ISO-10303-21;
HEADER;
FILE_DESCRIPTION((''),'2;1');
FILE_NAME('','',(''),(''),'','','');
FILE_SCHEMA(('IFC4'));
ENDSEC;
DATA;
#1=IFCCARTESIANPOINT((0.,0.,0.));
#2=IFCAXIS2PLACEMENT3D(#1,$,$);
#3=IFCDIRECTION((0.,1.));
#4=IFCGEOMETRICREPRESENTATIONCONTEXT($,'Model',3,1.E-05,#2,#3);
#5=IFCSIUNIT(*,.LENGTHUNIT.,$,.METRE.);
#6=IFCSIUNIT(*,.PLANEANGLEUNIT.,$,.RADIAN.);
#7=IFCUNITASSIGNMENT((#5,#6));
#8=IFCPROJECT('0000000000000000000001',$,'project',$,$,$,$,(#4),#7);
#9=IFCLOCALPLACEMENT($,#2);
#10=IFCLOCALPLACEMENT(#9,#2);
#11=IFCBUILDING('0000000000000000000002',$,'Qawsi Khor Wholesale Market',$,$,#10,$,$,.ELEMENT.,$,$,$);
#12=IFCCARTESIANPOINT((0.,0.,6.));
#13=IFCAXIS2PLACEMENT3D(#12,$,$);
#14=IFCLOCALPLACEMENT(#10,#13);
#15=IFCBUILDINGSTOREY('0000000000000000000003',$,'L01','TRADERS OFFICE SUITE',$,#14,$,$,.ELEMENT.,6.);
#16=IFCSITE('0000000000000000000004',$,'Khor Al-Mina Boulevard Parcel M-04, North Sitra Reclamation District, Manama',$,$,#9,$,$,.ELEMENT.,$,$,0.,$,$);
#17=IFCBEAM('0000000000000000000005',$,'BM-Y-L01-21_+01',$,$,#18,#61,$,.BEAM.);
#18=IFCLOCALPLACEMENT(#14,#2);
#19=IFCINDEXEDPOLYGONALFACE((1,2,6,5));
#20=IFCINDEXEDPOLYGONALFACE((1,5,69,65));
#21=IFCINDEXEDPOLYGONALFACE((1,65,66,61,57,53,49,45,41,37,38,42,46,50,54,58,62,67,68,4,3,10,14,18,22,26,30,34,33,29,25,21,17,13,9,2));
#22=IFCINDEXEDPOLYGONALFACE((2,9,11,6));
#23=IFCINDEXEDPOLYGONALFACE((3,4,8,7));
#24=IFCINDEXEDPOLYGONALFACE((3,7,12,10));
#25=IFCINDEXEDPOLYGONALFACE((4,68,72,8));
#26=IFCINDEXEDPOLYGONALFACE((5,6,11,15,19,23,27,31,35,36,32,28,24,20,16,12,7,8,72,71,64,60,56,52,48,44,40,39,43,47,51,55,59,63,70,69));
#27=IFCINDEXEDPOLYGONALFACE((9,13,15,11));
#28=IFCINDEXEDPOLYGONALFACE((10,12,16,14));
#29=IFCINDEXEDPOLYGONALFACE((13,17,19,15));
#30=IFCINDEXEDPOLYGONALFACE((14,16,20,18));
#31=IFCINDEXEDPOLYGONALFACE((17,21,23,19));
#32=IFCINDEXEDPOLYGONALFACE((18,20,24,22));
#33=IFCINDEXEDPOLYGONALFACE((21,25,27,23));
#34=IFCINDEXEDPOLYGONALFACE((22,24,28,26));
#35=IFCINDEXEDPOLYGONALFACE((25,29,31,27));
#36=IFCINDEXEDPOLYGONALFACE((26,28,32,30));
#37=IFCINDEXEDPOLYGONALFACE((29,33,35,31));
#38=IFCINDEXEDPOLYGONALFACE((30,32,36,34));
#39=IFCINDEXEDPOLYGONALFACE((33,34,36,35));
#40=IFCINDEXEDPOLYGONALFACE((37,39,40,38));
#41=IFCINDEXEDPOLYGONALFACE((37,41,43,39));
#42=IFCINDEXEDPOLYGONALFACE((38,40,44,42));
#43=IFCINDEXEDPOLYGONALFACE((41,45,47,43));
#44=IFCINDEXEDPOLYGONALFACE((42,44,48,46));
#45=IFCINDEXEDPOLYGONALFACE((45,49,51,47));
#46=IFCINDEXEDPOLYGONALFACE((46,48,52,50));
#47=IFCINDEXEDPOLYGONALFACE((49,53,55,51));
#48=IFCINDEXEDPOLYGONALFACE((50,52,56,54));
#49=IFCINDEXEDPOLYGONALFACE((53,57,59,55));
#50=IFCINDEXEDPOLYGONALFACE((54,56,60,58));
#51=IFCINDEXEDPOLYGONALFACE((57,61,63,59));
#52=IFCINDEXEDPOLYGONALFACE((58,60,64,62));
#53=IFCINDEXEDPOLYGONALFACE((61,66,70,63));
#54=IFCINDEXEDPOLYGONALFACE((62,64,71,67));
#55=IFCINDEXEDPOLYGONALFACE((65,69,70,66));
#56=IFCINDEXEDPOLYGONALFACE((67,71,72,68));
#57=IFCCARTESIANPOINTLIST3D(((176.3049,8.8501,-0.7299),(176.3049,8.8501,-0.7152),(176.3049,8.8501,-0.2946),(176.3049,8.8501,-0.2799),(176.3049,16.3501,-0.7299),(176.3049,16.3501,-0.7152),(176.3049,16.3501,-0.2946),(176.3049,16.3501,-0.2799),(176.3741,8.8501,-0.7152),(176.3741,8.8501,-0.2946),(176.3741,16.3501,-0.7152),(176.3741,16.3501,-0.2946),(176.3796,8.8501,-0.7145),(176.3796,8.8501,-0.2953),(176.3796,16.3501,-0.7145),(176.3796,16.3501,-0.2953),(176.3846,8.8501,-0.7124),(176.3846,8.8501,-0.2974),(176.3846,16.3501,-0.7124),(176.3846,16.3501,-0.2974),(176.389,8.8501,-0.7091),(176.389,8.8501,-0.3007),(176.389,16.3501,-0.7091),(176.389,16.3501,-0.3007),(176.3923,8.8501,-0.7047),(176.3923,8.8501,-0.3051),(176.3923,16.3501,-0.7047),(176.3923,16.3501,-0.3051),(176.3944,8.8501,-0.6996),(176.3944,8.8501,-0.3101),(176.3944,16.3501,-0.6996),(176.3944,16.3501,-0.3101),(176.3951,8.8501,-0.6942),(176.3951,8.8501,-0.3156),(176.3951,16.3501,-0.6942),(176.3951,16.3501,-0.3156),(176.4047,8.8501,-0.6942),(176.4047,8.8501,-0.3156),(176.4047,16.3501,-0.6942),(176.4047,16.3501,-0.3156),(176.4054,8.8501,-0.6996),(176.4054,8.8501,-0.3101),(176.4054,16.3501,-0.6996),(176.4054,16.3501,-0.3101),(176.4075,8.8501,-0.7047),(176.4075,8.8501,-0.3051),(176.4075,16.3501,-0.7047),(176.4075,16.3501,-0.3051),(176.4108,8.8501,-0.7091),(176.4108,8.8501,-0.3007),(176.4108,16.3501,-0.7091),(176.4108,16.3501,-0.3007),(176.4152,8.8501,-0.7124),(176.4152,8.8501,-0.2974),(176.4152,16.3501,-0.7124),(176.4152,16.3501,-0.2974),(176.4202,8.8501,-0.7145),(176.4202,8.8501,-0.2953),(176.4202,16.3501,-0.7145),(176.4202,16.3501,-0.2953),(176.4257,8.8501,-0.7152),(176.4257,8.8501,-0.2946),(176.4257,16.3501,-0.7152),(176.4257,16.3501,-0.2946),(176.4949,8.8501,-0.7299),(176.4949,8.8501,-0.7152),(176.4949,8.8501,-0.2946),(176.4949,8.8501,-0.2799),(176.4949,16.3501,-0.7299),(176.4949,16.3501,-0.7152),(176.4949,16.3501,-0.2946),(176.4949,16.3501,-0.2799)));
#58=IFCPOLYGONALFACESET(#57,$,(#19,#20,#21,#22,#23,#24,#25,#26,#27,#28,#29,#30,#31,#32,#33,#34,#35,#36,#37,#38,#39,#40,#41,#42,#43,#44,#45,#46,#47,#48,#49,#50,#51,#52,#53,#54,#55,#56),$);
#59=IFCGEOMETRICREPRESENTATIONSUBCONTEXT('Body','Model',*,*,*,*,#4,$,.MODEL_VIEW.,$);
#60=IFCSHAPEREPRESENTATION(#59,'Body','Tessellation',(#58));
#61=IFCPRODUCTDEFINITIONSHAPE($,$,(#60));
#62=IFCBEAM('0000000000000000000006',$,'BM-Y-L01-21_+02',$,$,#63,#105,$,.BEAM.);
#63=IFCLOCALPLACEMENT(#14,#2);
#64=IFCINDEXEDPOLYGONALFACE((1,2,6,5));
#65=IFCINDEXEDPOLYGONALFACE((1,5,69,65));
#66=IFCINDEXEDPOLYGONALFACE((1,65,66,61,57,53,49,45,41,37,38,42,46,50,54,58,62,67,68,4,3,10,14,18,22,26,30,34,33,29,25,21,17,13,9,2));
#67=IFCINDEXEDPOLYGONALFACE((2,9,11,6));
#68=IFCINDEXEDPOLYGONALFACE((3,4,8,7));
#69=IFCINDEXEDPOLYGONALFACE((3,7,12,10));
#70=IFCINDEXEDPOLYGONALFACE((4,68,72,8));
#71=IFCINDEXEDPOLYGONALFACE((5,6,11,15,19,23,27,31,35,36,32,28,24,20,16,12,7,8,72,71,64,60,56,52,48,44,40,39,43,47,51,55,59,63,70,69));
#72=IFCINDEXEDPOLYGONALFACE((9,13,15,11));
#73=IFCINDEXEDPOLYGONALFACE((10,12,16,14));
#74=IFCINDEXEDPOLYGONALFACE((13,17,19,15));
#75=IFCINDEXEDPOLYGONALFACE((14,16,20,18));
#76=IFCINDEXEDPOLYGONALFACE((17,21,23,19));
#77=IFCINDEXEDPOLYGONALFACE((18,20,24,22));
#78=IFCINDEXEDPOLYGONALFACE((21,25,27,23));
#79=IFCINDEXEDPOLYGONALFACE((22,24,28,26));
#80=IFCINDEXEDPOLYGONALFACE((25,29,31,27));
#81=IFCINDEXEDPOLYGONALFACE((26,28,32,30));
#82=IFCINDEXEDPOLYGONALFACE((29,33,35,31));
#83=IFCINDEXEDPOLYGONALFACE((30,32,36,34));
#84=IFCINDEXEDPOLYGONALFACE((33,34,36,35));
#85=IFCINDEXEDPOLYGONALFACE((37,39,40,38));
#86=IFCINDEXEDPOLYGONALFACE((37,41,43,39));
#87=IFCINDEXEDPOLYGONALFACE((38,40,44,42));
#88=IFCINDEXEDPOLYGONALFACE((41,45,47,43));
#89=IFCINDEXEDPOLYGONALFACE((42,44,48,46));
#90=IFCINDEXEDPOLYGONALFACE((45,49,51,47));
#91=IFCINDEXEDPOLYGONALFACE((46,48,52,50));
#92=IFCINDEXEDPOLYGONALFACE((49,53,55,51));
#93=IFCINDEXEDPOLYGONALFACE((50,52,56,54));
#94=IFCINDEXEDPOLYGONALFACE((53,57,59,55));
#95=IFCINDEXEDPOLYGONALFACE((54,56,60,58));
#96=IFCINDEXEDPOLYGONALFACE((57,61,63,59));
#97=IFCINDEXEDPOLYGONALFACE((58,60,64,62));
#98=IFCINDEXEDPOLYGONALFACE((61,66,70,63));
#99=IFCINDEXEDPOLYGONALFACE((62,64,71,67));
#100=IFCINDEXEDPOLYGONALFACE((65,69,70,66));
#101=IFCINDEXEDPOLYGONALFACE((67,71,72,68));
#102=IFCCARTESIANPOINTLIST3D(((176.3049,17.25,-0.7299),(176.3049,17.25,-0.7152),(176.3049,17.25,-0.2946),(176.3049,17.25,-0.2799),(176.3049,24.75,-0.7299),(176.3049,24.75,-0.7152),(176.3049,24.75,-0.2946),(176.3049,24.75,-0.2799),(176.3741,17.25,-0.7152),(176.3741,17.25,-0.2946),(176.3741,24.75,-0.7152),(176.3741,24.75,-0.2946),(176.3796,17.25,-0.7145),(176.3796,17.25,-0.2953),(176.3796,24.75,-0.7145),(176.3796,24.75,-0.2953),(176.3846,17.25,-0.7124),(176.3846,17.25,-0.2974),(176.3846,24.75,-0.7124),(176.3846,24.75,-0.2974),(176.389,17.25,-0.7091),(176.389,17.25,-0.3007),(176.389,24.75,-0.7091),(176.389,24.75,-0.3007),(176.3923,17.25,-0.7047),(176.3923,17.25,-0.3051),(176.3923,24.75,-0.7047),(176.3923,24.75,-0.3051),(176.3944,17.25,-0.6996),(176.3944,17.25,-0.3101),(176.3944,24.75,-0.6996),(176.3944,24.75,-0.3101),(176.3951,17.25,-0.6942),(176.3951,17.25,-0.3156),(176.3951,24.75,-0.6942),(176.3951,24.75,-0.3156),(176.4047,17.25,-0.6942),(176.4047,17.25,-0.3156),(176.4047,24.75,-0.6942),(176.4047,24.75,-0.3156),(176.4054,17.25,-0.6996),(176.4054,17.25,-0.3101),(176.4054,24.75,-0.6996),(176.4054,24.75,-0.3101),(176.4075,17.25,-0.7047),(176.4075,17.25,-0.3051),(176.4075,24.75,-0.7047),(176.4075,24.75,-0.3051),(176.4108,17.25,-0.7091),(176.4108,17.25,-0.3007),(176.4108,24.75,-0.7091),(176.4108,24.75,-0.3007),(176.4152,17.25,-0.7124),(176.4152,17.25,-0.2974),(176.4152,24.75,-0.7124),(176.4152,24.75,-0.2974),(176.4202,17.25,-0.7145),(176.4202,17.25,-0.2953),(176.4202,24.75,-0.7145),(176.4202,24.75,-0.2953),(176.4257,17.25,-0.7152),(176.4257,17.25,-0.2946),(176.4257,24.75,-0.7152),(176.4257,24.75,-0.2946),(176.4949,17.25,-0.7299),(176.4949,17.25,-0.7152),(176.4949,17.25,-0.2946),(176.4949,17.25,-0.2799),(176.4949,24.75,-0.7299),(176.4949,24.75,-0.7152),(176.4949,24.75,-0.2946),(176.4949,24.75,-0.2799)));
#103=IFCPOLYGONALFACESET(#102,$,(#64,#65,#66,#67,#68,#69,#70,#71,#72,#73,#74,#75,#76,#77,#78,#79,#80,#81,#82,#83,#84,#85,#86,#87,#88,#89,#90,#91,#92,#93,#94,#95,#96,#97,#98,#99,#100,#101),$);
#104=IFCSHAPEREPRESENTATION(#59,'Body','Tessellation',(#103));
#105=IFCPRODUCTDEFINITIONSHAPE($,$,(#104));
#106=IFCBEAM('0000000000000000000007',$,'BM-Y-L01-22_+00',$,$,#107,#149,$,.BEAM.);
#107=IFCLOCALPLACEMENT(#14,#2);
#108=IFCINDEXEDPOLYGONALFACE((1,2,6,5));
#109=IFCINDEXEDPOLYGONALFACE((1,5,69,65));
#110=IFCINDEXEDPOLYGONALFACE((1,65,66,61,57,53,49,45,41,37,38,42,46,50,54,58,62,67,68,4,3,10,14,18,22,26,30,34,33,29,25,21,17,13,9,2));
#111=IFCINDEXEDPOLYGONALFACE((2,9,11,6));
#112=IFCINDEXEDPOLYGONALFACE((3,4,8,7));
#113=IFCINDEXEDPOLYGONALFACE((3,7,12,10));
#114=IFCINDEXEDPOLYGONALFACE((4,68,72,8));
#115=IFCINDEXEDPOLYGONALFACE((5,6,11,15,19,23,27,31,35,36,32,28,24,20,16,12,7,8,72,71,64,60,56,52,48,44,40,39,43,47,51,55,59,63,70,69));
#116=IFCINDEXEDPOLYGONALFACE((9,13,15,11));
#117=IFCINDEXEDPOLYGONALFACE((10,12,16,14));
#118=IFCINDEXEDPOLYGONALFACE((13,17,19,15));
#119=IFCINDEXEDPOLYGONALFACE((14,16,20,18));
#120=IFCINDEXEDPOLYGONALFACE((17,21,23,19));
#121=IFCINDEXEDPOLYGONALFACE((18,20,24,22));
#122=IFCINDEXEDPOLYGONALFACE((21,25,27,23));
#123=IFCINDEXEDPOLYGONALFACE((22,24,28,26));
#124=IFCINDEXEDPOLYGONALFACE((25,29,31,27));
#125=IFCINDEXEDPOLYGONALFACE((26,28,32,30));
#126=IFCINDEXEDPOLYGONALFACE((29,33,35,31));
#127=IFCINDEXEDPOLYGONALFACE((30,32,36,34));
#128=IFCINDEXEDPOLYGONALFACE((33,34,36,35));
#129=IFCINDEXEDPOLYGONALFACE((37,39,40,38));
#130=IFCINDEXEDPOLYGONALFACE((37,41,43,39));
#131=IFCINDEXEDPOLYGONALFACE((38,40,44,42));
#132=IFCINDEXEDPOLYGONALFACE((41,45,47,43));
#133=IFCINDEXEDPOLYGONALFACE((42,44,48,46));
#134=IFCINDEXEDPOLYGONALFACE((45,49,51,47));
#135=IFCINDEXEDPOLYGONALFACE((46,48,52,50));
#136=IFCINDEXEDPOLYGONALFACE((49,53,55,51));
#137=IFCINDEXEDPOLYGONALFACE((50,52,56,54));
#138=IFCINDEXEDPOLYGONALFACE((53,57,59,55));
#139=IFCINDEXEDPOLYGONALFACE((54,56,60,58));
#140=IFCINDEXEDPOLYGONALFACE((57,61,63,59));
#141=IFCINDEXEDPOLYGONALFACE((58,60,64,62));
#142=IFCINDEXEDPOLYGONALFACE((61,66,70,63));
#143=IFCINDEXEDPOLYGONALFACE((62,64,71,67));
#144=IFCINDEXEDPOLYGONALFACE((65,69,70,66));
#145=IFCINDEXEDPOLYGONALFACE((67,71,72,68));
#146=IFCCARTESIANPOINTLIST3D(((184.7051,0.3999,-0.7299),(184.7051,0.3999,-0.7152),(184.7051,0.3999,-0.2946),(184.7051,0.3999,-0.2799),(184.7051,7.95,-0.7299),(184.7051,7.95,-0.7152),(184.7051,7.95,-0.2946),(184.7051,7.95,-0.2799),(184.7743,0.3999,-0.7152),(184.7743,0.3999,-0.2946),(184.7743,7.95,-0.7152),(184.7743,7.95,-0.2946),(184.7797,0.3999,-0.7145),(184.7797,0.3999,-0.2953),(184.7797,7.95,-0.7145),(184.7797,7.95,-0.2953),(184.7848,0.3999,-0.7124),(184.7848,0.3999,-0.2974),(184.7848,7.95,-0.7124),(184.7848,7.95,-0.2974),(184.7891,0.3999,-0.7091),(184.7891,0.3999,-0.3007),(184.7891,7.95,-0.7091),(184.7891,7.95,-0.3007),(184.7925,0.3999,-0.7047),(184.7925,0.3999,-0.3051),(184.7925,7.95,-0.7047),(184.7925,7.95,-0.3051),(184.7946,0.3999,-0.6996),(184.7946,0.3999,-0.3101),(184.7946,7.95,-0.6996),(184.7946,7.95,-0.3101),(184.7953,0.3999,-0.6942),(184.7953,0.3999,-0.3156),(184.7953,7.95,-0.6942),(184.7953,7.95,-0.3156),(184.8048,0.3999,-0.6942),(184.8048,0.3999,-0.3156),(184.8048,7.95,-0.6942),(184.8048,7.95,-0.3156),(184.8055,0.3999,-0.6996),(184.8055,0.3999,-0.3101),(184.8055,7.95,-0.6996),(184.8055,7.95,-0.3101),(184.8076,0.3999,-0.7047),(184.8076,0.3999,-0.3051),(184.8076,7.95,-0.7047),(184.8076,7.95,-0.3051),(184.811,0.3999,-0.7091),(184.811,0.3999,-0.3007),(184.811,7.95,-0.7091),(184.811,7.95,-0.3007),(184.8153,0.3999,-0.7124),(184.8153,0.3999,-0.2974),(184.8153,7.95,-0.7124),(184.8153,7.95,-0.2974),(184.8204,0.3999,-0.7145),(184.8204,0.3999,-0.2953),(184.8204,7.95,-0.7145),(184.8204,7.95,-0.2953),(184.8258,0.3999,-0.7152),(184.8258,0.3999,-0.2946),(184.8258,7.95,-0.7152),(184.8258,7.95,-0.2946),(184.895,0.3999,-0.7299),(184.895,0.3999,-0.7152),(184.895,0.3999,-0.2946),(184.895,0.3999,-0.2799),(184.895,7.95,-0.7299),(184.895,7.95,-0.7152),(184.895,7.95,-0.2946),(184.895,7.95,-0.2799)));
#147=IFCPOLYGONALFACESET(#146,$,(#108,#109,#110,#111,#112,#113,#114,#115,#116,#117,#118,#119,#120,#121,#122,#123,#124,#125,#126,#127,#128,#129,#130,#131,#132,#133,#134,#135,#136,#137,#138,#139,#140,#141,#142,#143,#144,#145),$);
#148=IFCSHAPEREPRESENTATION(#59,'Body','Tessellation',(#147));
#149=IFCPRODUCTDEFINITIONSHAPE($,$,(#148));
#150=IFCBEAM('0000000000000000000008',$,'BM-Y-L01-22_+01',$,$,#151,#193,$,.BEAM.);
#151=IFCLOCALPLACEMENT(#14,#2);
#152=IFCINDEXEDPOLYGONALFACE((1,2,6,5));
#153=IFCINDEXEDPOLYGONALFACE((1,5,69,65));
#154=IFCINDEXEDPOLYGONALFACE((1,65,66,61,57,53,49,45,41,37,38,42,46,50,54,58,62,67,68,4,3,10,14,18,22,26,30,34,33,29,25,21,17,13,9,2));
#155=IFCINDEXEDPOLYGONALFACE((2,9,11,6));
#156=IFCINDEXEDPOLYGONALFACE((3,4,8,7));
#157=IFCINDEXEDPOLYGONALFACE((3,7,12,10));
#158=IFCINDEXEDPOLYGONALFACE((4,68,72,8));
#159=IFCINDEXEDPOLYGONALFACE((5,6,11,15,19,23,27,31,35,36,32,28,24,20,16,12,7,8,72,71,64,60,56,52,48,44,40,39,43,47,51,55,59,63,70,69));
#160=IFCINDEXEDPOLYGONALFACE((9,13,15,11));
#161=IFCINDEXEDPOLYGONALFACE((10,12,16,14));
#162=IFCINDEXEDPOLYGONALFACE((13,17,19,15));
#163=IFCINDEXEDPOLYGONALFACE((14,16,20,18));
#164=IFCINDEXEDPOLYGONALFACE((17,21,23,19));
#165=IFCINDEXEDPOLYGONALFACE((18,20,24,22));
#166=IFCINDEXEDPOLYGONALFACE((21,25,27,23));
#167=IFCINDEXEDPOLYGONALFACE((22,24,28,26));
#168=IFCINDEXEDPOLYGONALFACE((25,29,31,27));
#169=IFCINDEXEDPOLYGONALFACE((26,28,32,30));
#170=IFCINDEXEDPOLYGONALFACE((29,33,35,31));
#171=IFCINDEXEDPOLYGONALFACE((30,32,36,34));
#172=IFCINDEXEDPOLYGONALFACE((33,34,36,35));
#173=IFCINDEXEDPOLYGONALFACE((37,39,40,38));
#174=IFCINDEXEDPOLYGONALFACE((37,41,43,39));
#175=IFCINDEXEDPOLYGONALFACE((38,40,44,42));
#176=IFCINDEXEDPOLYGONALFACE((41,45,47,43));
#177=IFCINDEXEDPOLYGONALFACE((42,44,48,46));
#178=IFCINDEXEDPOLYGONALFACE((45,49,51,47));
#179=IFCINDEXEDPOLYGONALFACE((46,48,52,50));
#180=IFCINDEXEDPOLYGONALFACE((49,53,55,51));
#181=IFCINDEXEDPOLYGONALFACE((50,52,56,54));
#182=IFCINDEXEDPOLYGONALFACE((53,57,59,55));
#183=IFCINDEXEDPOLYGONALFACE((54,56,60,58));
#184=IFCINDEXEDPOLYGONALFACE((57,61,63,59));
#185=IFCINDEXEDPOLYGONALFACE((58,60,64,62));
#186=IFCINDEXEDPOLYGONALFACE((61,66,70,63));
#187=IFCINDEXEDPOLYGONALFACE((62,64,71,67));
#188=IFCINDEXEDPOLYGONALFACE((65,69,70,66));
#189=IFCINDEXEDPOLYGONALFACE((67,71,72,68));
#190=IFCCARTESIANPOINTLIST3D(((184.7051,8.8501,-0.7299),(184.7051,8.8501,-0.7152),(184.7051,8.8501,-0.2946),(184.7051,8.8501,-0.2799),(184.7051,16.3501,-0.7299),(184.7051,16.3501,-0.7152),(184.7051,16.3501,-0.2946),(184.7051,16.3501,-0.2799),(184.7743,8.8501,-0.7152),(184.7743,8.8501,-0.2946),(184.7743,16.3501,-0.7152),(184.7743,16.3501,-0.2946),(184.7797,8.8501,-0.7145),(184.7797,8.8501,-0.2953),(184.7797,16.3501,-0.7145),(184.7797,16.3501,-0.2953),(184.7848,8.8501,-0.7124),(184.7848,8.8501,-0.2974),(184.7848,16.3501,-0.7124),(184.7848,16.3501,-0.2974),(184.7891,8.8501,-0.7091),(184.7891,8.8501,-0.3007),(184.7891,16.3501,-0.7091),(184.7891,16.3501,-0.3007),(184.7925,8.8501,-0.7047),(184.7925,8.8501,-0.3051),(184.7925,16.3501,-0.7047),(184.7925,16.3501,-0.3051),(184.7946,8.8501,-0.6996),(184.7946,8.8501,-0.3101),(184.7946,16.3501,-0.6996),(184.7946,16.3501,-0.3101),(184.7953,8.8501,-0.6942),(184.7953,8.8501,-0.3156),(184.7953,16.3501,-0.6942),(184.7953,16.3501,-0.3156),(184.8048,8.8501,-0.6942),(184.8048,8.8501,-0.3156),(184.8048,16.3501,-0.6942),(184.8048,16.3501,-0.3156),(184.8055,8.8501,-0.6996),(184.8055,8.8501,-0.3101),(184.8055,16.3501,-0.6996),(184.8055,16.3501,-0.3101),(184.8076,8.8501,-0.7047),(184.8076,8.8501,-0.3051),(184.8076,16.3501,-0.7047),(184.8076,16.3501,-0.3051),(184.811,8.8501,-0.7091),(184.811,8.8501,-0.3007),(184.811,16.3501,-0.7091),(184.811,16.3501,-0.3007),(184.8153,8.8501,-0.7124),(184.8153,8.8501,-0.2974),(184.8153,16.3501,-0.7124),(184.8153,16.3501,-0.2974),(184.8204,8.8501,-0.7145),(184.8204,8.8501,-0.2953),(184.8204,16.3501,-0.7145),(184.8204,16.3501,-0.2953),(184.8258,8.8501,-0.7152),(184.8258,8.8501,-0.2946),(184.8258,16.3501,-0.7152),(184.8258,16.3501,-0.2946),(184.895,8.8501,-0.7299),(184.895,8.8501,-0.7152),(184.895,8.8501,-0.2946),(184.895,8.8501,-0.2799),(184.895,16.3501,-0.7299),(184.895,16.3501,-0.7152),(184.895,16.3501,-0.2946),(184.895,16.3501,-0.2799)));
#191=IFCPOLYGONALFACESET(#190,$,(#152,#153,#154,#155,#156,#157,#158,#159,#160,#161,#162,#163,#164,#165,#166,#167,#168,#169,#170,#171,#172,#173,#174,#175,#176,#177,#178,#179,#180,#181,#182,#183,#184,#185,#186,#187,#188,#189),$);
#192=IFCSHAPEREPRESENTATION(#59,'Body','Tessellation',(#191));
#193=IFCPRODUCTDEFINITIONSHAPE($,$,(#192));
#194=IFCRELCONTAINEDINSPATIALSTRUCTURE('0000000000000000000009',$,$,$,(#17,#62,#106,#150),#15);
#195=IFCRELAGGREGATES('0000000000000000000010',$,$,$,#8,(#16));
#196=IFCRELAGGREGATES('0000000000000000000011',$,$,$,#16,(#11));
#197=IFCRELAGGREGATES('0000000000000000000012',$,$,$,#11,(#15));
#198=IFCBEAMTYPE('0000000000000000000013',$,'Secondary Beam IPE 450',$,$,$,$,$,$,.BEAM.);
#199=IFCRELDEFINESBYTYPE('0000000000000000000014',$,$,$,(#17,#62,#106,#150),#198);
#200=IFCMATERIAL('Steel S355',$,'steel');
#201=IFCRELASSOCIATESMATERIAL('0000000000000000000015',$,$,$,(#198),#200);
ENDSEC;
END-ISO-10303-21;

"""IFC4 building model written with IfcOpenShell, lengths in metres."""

from ifc_helpers import new_model, si_unit, direction, frame, origin, origin_2d, place, context, subcontext, project, spatial, i_section, extrude, material, material_profile, profile_set, type_object, element, save


model = new_model("IFC4")

# Units and contexts
model_context = context("Model", 3, precision=1e-05, world=origin(), true_north=direction((0.0, 1.0)))
body_context = subcontext(model_context, "Body", "Model", "MODEL_VIEW")
ifc_project = project(units=[si_unit("LENGTHUNIT", "METRE"), si_unit("PLANEANGLEUNIT", "RADIAN")], contexts=[model_context])

# Site, building, storey
site_placement = place(None, origin())
site = spatial("IfcSite", under=ifc_project, at=site_placement, Name="Khor Al-Mina Boulevard Parcel M-04, North Sitra Reclamation District, Manama", CompositionType="ELEMENT", RefElevation=0.0)
building_placement = place(site_placement, origin())
building = spatial("IfcBuilding", under=site, at=building_placement, Name="Qawsi Khor Wholesale Market", CompositionType="ELEMENT")
storey_placement = place(building_placement, frame((0.0, 0.0, 6.0)))
storey = spatial("IfcBuildingStorey", under=building, at=storey_placement, Name="L01", Description="TRADERS OFFICE SUITE", CompositionType="ELEMENT", Elevation=6.0)

# Beams
ifc_material_1 = material(Name="Steel S355", Category="steel")
ifc_material_profile_1 = material_profile(ifc_material_1, i_section(OverallWidth=0.1899, OverallDepth=0.45, WebThickness=0.0095, FlangeThickness=0.0146, FilletRadius=0.021, at=origin_2d()), Name="IPE 450")
ifc_profile_set_1 = profile_set([ifc_material_profile_1], Name="Steel S355")
beam_type_1 = type_object("IfcBeamType", Name="Secondary Beam IPE 450", PredefinedType="BEAM", material=ifc_profile_set_1)
for number, where, z_axis, x_axis, name in (
    (1, (176.3999, 8.8501, -0.5049), (0.0, 1.0, 0.0), (-1.0, 0.0, 0.0), "BM-Y-L01-21_+01"),
    (2, (176.3999, 17.25, -0.5049), (0.0, 1.0, 0.0), (-1.0, 0.0, 0.0), "BM-Y-L01-21_+02"),
):
    element("IfcBeam", number, at=place(storey_placement, frame(where, z_axis=z_axis, x_axis=x_axis)), inside=storey, type_object=beam_type_1, Name=name, PredefinedType="BEAM", context=body_context, shape_type="SweptSolid", body=[
        extrude(i_section(OverallWidth=0.1899, OverallDepth=0.45, WebThickness=0.0095, FlangeThickness=0.0146, FilletRadius=0.021, at=origin_2d()), origin(), (0.0, 0.0, 1.0), 7.5),
    ])
beam_1_placement = place(storey_placement, frame((184.8, 0.3999, -0.5049), z_axis=(0.0, 1.0, 0.0), x_axis=(-1.0, 0.0, 0.0)))
element("IfcBeam", 3, at=beam_1_placement, inside=storey, type_object=beam_type_1, Name="BM-Y-L01-22_+00", PredefinedType="BEAM", context=body_context, shape_type="SweptSolid", body=[
    extrude(i_section(OverallWidth=0.1899, OverallDepth=0.45, WebThickness=0.0095, FlangeThickness=0.0146, FilletRadius=0.021, at=origin_2d()), origin(), (0.0, 0.0, 1.0), 7.55),
])
beam_2_placement = place(storey_placement, frame((184.8, 8.8501, -0.5049), z_axis=(0.0, 1.0, 0.0), x_axis=(-1.0, 0.0, 0.0)))
element("IfcBeam", 4, at=beam_2_placement, inside=storey, type_object=beam_type_1, Name="BM-Y-L01-22_+01", PredefinedType="BEAM", context=body_context, shape_type="SweptSolid", body=[
    extrude(i_section(OverallWidth=0.1899, OverallDepth=0.45, WebThickness=0.0095, FlangeThickness=0.0146, FilletRadius=0.021, at=origin_2d()), origin(), (0.0, 0.0, 1.0), 7.5),
])

save(model, "model.ifc")
